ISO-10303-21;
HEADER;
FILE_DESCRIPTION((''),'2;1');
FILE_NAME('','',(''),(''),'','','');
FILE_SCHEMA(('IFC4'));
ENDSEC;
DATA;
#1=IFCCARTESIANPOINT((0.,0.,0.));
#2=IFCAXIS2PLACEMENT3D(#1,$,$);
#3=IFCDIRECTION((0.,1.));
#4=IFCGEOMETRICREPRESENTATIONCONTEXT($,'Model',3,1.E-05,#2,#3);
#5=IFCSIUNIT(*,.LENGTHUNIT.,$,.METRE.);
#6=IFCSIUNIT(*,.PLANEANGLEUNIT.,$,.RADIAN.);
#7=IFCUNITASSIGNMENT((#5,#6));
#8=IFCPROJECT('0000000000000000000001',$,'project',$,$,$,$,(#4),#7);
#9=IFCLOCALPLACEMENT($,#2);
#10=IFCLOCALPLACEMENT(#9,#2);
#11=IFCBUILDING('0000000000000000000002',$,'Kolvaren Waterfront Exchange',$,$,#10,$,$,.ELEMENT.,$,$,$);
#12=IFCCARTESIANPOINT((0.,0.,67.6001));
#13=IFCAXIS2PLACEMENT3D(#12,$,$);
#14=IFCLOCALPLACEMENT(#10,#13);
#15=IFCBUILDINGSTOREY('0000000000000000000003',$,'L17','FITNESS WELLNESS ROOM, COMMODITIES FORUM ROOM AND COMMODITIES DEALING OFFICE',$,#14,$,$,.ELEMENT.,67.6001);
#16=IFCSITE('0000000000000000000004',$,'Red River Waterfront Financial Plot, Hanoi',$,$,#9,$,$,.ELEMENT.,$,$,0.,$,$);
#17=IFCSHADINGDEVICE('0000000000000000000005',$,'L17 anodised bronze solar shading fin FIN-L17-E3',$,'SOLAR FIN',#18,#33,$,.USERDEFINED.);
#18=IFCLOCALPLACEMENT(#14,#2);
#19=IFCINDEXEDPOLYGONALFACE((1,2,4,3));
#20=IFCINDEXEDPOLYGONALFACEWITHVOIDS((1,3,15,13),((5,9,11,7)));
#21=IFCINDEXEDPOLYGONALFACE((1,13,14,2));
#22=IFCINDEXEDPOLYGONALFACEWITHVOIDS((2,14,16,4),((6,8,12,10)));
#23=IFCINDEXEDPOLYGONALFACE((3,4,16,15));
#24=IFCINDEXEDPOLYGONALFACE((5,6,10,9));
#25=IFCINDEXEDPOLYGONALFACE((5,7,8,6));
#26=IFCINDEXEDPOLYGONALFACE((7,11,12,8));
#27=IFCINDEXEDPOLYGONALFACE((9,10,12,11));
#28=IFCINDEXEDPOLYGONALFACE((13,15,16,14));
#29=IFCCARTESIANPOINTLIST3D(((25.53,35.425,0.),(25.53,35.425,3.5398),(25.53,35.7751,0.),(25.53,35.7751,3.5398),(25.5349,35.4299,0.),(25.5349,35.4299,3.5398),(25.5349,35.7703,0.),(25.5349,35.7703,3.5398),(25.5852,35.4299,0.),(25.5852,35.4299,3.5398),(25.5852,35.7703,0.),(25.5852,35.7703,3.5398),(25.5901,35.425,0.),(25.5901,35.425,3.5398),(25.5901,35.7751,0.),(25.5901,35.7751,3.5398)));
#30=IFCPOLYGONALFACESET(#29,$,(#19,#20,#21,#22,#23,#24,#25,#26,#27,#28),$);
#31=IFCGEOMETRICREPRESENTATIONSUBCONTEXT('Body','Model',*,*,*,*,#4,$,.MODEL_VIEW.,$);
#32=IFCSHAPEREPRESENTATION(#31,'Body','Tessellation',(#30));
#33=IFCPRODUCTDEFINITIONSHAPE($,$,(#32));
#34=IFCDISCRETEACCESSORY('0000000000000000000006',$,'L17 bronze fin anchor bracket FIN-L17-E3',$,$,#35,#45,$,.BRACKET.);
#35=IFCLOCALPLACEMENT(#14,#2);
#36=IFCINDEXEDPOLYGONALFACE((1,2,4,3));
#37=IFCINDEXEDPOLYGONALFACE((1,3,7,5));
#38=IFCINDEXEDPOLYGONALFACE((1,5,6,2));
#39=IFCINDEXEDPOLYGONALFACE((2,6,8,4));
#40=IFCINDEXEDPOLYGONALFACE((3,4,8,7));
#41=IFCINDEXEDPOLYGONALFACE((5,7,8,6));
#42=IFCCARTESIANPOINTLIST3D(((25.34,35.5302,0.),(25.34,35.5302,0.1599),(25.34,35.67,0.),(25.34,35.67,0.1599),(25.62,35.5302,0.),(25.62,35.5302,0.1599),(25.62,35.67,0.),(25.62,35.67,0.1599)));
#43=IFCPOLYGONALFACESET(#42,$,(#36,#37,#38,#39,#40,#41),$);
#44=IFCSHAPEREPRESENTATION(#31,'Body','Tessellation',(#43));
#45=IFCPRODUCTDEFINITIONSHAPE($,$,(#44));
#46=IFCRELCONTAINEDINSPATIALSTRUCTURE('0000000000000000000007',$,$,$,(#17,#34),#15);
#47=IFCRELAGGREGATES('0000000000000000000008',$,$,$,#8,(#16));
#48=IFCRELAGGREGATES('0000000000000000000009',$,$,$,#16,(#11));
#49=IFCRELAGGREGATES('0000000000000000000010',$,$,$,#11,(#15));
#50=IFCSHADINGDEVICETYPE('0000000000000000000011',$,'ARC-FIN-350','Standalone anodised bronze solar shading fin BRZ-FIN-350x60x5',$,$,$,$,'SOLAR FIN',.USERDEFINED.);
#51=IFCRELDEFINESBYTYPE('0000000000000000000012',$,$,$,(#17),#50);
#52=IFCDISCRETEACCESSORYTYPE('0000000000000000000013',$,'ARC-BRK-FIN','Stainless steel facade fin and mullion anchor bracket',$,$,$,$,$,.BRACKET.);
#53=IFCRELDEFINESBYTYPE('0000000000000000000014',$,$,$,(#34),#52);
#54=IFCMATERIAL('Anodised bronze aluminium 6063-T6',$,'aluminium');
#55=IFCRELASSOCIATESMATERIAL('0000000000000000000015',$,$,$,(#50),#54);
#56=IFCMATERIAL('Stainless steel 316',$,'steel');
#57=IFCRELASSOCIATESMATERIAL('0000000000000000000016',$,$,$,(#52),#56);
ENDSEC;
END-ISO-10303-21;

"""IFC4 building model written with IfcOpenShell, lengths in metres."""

from ifc_helpers import new_model, si_unit, direction, frame, origin, origin_with_axes, origin_2d, place, context, subcontext, project, spatial, rectangle, hollow_rectangle, extrude, source, transform, mapped, material, material_profile, profile_set, type_object, element, save


model = new_model("IFC4")

# Units and contexts
model_context = context("Model", 3, precision=1e-05, world=origin(), true_north=direction((0.0, 1.0)))
body_context = subcontext(model_context, "Body", "Model", "MODEL_VIEW")
ifc_project = project(units=[si_unit("LENGTHUNIT", "METRE"), si_unit("PLANEANGLEUNIT", "RADIAN")], contexts=[model_context])

# Site, building, storey
site_placement = place(None, origin())
site = spatial("IfcSite", under=ifc_project, at=site_placement, Name="Red River Waterfront Financial Plot, Hanoi", CompositionType="ELEMENT", RefElevation=0.0)
building_placement = place(site_placement, origin())
building = spatial("IfcBuilding", under=site, at=building_placement, Name="Kolvaren Waterfront Exchange", CompositionType="ELEMENT")
storey_placement = place(building_placement, frame((0.0, 0.0, 67.6001)))
storey = spatial("IfcBuildingStorey", under=building, at=storey_placement, Name="L17", Description="FITNESS WELLNESS ROOM, COMMODITIES FORUM ROOM AND COMMODITIES DEALING OFFICE", CompositionType="ELEMENT", Elevation=67.6001)

# Shared definitions
ifc_material_1 = material(Name="Anodised bronze aluminium 6063-T6", Category="aluminium")

# Shading device
ifc_material_profile_1 = material_profile(ifc_material_1, hollow_rectangle(XDim=0.0601, YDim=0.3501, WallThickness=0.0049, at=origin_2d()), Name="BRZ-FIN-350x60x5")
ifc_profile_set_1 = profile_set([ifc_material_profile_1], Name="Anodised bronze aluminium 6063-T6")
shading_device_type = type_object("IfcShadingDeviceType", Name="ARC-FIN-350", Description="Standalone anodised bronze solar shading fin BRZ-FIN-350x60x5", ElementType="SOLAR FIN", PredefinedType="USERDEFINED", material=ifc_profile_set_1)
shading_device_placement = place(storey_placement, frame((25.5601, 35.6001, 0.0), z_axis=(0.0, 0.0, 1.0), x_axis=(1.0, 0.0, 0.0)))
element("IfcShadingDevice", 1, at=shading_device_placement, inside=storey, type_object=shading_device_type, Name="L17 anodised bronze solar shading fin FIN-L17-E3", ObjectType="SOLAR FIN", PredefinedType="USERDEFINED", context=body_context, shape_type="SweptSolid", body=[
    extrude(hollow_rectangle(XDim=0.0601, YDim=0.3501, WallThickness=0.0049, at=origin_2d()), origin(), (0.0, 0.0, 1.0), 3.5398),
])

# Discrete accessory
ifc_material_2 = material(Name="Stainless steel 316", Category="steel")
discrete_accessory_type = type_object("IfcDiscreteAccessoryType", Name="ARC-BRK-FIN", Description="Stainless steel facade fin and mullion anchor bracket", PredefinedType="BRACKET", material=ifc_material_2)
shared_shape_1 = source(origin_with_axes(), body_context, "Body", "SweptSolid", [
    extrude(rectangle(XDim=0.28, YDim=0.1399, at=origin_2d()), origin(), (0.0, 0.0, 1.0), 0.1599),
])
discrete_accessory_placement = place(storey_placement, frame((25.48, 35.6001, 0.0), z_axis=(0.0, 0.0, 1.0), x_axis=(1.0, 0.0, 0.0)))
element("IfcDiscreteAccessory", 2, at=discrete_accessory_placement, inside=storey, type_object=discrete_accessory_type, Name="L17 bronze fin anchor bracket FIN-L17-E3", PredefinedType="BRACKET", context=body_context, shape_type="MappedRepresentation", body=[
    mapped(shared_shape_1, transform((0.0, 0.0, 0.0), x_axis=(1.0, 0.0, 0.0), y_axis=(0.0, 1.0, 0.0), z_axis=(0.0, 0.0, 1.0), scale=1.0)),
])

save(model, "model.ifc")
